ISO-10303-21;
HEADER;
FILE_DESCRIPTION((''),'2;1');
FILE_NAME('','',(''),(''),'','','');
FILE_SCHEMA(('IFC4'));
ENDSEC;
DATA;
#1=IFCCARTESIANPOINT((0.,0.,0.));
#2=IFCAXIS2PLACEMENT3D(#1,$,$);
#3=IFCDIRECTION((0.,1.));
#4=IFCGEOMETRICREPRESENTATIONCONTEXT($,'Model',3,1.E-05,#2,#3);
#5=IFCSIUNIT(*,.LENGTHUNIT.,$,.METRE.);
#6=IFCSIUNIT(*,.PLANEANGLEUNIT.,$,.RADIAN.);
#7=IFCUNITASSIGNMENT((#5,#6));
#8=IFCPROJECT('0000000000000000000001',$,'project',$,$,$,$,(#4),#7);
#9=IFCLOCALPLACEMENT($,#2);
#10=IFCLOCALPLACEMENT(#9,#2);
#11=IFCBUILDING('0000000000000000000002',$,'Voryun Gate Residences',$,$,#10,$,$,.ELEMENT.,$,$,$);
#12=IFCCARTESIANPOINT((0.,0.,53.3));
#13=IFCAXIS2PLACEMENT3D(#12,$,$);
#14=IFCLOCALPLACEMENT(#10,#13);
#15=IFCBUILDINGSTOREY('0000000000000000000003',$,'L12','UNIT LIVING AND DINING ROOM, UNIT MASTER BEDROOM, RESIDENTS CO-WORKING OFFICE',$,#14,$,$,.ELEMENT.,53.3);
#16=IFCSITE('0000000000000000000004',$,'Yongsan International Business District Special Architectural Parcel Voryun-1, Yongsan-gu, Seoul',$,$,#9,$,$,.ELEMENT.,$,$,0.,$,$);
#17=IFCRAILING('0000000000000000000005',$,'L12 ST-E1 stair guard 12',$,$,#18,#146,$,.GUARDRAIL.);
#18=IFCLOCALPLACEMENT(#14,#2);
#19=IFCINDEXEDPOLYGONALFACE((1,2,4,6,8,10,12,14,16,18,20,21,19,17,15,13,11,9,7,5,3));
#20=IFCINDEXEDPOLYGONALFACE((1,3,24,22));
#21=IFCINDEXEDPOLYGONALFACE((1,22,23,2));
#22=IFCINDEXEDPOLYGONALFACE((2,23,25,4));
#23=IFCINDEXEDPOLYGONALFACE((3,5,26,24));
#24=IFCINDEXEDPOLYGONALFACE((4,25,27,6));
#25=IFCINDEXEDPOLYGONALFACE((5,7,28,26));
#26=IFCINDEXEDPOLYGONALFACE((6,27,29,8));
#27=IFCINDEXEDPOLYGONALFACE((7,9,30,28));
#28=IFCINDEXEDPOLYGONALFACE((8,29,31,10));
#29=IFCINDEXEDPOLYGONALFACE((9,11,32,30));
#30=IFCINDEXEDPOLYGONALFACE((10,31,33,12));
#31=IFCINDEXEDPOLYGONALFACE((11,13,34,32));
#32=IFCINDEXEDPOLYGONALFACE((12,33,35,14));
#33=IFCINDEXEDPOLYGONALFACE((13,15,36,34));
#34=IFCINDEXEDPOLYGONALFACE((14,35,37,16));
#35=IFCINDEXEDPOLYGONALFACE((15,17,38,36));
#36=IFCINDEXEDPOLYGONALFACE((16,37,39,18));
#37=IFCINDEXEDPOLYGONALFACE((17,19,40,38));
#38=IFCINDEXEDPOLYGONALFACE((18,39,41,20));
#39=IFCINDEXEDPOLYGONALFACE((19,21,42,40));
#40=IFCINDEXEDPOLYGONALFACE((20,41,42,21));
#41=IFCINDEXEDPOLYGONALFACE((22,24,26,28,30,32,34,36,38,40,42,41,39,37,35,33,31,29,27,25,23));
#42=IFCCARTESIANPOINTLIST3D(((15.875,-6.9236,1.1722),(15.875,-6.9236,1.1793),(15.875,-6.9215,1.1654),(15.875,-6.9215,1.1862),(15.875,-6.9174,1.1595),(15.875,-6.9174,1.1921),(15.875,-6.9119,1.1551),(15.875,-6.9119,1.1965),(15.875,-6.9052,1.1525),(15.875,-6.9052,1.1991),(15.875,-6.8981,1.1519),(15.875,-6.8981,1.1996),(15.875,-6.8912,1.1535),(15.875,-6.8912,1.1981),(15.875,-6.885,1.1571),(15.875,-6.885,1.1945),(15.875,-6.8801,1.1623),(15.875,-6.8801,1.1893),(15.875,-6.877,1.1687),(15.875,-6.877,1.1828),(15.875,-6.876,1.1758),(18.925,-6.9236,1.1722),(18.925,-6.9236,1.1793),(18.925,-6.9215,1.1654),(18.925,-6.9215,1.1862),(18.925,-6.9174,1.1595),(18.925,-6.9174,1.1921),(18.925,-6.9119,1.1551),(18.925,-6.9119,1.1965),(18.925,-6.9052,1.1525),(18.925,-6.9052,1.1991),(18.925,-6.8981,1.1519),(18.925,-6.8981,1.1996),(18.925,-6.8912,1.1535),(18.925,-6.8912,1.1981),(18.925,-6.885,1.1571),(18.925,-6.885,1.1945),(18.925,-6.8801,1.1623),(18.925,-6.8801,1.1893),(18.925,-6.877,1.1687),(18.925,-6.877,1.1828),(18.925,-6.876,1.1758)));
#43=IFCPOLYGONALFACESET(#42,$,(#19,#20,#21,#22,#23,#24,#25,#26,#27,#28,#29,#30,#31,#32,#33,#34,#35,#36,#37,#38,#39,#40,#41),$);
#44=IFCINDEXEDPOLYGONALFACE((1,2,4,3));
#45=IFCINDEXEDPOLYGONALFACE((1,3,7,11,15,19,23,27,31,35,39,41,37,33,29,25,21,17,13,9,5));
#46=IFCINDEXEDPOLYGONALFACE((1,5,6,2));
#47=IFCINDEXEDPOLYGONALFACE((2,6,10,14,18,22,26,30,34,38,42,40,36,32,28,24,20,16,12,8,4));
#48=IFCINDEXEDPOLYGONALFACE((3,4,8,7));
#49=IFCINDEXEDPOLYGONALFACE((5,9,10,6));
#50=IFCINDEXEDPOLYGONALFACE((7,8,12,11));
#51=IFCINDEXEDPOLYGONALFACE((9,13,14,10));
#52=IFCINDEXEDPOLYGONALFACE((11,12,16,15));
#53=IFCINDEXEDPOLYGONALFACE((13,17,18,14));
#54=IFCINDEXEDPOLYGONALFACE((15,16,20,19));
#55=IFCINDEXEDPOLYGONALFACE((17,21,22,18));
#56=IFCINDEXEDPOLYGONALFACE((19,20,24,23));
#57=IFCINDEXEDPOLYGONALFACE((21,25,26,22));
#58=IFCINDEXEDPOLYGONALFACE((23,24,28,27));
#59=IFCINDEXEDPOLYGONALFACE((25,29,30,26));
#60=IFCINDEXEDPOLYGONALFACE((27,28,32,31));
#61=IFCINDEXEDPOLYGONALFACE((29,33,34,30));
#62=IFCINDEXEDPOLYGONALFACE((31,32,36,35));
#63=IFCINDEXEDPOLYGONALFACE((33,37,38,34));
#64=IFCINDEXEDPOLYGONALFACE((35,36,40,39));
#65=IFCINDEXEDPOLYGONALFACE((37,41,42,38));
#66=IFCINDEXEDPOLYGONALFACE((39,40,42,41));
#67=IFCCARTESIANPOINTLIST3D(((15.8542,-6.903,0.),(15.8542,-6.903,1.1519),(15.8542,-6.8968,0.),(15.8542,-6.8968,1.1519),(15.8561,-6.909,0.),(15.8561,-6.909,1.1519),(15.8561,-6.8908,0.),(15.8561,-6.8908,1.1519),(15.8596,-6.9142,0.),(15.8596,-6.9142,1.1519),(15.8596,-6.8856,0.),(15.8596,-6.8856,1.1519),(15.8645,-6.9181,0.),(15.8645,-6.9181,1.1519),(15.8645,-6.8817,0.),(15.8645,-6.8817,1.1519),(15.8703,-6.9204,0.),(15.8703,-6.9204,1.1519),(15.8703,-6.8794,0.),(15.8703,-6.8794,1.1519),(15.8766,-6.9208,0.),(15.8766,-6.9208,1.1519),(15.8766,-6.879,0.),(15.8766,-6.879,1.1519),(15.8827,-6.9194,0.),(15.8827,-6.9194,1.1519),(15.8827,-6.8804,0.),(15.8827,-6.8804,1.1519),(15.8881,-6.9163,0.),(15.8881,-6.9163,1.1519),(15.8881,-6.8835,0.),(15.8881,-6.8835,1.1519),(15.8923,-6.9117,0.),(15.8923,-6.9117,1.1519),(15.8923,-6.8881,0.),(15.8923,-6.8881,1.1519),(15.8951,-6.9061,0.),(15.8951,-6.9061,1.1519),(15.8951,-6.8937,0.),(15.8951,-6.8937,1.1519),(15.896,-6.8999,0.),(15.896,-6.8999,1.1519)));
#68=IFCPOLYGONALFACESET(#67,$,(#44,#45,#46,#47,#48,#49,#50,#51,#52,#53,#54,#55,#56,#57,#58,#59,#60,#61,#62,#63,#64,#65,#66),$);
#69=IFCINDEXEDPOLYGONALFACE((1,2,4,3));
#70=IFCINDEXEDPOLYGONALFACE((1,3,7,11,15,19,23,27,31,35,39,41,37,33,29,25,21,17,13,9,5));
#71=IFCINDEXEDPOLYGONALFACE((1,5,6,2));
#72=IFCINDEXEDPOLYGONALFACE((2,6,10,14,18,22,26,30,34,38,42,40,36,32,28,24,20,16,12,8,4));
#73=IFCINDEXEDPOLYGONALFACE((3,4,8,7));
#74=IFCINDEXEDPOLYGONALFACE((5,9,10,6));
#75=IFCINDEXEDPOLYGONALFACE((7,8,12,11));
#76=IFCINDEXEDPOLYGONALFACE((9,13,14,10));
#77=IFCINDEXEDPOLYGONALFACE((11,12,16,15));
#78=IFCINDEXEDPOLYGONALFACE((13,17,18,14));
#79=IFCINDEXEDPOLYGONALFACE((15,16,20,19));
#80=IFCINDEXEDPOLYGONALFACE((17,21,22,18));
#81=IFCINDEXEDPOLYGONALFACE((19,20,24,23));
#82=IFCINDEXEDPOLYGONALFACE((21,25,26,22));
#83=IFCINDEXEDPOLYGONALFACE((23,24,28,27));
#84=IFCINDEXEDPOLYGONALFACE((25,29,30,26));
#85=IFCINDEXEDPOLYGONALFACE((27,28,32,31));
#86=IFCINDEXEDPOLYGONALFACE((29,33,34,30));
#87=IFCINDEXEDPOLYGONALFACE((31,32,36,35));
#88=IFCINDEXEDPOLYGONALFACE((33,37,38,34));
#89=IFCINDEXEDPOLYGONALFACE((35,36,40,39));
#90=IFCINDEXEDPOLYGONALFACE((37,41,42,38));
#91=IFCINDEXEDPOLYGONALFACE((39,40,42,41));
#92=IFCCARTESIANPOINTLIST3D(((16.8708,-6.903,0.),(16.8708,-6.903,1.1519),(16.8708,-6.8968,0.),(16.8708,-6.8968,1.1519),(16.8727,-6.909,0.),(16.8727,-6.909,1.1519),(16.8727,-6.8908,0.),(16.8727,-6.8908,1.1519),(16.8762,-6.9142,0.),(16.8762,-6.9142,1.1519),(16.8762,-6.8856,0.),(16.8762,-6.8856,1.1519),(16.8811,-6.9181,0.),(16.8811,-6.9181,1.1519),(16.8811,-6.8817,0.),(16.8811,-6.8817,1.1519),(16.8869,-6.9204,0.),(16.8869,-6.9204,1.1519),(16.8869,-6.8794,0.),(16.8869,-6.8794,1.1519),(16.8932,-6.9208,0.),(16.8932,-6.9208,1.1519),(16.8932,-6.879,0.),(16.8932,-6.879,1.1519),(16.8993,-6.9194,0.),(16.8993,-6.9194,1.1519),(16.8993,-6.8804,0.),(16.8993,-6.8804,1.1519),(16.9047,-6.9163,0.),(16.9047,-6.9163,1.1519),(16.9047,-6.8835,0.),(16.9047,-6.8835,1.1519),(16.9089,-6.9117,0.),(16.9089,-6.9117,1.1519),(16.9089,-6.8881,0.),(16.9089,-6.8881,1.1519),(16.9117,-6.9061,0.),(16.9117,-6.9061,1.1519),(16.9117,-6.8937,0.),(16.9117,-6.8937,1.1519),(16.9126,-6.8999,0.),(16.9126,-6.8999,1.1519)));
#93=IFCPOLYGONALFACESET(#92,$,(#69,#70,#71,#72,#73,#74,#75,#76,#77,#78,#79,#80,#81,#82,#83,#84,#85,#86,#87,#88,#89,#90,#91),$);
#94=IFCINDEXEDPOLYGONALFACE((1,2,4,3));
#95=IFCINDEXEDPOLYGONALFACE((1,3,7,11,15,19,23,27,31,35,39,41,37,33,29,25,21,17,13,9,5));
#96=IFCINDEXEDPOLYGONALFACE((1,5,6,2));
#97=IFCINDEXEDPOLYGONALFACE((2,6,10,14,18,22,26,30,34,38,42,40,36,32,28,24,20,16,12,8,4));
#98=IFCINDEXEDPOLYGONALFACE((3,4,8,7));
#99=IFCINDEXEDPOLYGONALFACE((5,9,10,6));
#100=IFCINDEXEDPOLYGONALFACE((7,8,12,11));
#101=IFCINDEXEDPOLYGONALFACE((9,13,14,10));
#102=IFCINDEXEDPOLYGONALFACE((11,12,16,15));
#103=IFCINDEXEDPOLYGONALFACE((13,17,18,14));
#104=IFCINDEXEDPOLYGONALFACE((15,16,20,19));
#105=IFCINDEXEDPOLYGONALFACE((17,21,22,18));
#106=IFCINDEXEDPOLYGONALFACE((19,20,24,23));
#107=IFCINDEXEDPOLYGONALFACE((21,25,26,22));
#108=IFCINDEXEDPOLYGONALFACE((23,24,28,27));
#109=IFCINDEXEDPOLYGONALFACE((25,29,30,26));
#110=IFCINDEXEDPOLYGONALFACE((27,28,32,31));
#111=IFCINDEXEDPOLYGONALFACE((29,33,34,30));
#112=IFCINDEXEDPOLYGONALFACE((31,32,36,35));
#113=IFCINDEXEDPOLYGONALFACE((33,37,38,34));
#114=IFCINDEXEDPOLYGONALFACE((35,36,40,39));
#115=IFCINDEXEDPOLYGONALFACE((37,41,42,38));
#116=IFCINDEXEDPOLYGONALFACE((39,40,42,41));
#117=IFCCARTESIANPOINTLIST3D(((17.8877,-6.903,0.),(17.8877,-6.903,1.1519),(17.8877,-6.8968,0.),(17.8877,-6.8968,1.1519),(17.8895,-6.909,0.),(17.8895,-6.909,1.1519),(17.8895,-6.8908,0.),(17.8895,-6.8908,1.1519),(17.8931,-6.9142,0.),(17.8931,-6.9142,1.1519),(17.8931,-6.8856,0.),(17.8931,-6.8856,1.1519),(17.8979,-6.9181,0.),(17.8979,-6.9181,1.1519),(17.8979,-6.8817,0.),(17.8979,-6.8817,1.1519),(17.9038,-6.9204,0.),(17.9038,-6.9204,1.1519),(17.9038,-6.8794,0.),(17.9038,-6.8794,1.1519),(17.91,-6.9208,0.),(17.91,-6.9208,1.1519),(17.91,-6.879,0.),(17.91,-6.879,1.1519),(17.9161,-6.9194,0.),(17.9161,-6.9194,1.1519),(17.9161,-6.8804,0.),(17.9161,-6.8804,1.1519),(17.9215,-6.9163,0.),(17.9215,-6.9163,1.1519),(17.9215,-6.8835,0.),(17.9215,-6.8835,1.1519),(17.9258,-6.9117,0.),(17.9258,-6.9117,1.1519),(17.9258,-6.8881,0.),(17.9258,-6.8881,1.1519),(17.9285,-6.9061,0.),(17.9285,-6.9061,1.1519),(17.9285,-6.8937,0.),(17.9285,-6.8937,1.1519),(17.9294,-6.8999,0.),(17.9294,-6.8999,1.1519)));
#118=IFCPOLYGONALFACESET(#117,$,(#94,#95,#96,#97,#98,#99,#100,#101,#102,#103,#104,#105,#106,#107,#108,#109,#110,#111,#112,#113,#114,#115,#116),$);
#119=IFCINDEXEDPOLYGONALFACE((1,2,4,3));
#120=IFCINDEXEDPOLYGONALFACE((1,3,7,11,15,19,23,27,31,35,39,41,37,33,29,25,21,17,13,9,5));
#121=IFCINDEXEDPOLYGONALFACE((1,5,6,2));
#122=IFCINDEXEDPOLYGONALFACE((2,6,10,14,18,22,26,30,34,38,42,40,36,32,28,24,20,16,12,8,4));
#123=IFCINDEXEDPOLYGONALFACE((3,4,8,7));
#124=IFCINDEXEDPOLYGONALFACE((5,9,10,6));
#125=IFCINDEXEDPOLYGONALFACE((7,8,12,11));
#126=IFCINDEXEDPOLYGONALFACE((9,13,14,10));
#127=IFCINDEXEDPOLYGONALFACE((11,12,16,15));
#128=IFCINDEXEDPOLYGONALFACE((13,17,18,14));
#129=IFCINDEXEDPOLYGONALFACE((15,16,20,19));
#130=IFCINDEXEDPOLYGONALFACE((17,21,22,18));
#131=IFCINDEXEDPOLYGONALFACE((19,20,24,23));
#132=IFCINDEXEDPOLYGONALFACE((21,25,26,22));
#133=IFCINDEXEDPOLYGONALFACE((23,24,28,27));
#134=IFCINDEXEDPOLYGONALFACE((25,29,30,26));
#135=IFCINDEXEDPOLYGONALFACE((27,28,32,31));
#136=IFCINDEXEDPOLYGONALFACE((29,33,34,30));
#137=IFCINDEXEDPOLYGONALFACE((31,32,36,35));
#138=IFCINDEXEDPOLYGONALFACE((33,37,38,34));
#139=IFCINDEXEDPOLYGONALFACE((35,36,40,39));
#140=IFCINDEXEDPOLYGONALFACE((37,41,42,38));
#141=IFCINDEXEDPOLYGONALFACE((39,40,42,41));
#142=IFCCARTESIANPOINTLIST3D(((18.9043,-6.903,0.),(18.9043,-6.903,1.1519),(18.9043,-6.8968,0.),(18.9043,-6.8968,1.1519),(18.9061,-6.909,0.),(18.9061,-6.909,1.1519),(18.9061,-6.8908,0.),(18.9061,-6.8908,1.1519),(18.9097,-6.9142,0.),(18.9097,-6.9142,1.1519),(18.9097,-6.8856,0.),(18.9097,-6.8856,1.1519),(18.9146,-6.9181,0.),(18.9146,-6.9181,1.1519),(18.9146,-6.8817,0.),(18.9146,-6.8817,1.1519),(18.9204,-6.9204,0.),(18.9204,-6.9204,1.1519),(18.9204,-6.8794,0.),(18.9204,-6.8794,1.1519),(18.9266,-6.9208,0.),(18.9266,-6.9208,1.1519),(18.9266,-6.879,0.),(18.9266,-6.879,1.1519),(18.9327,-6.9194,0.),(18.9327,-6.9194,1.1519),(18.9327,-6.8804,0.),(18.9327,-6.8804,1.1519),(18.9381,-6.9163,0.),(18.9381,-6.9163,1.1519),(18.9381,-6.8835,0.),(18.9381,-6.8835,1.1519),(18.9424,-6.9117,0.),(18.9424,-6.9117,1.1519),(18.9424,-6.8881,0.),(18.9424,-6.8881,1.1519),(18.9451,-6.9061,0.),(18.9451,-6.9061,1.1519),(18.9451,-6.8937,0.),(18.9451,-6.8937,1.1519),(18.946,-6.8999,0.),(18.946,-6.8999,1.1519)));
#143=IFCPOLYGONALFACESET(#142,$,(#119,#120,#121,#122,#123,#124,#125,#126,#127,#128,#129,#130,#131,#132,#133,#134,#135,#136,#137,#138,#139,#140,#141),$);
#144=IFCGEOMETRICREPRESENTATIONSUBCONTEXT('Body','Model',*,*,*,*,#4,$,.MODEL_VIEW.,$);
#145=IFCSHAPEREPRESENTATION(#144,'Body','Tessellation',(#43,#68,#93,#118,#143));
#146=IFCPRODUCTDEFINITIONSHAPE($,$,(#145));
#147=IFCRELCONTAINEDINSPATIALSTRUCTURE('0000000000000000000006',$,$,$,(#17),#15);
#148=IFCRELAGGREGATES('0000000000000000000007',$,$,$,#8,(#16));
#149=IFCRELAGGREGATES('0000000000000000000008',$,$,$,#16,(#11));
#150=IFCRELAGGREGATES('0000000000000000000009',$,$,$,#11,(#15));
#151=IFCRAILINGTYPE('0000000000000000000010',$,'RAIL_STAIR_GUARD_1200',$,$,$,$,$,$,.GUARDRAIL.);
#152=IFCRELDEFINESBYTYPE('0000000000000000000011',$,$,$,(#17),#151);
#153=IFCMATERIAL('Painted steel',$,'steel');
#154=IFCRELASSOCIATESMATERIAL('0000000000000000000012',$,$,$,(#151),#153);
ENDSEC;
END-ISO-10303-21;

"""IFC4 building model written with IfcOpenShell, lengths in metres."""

from ifc_helpers import new_model, si_unit, direction, frame, origin, origin_2d, place, context, subcontext, project, spatial, circle, extrude, material, type_object, element, save


model = new_model("IFC4")

# Units and contexts
model_context = context("Model", 3, precision=1e-05, world=origin(), true_north=direction((0.0, 1.0)))
body_context = subcontext(model_context, "Body", "Model", "MODEL_VIEW")
ifc_project = project(units=[si_unit("LENGTHUNIT", "METRE"), si_unit("PLANEANGLEUNIT", "RADIAN")], contexts=[model_context])

# Site, building, storey
site_placement = place(None, origin())
site = spatial("IfcSite", under=ifc_project, at=site_placement, Name="Yongsan International Business District Special Architectural Parcel Voryun-1, Yongsan-gu, Seoul", CompositionType="ELEMENT", RefElevation=0.0)
building_placement = place(site_placement, origin())
building = spatial("IfcBuilding", under=site, at=building_placement, Name="Voryun Gate Residences", CompositionType="ELEMENT")
storey_placement = place(building_placement, frame((0.0, 0.0, 53.3)))
storey = spatial("IfcBuildingStorey", under=building, at=storey_placement, Name="L12", Description="UNIT LIVING AND DINING ROOM, UNIT MASTER BEDROOM, RESIDENTS CO-WORKING OFFICE", CompositionType="ELEMENT", Elevation=53.3)

# Railing
ifc_material_1 = material(Name="Painted steel", Category="steel")
railing_type_1 = type_object("IfcRailingType", Name="RAIL_STAIR_GUARD_1200", PredefinedType="GUARDRAIL", material=ifc_material_1)
railing_1_placement = place(storey_placement, frame((15.875, -6.8999, 0.0)))
element("IfcRailing", 1, at=railing_1_placement, inside=storey, type_object=railing_type_1, Name="L12 ST-E1 stair guard 12", PredefinedType="GUARDRAIL", context=body_context, shape_type="SweptSolid", body=[
    extrude(circle(Radius=0.0239, at=origin_2d()), frame((0.0, 0.0, 1.1758), z_axis=(1.0, 0.0, 0.0), x_axis=(0.0, 1.0, 0.0)), (0.0, 0.0, 1.0), 3.05),
    extrude(circle(Radius=0.021, at=origin_2d()), origin(), (0.0, 0.0, 1.0), 1.1519),
    extrude(circle(Radius=0.021, at=origin_2d()), frame((1.0166, 0.0, 0.0)), (0.0, 0.0, 1.0), 1.1519),
    extrude(circle(Radius=0.021, at=origin_2d()), frame((2.0334, 0.0, 0.0)), (0.0, 0.0, 1.0), 1.1519),
    extrude(circle(Radius=0.021, at=origin_2d()), frame((3.05, 0.0, 0.0)), (0.0, 0.0, 1.0), 1.1519),
])

save(model, "model.ifc")
